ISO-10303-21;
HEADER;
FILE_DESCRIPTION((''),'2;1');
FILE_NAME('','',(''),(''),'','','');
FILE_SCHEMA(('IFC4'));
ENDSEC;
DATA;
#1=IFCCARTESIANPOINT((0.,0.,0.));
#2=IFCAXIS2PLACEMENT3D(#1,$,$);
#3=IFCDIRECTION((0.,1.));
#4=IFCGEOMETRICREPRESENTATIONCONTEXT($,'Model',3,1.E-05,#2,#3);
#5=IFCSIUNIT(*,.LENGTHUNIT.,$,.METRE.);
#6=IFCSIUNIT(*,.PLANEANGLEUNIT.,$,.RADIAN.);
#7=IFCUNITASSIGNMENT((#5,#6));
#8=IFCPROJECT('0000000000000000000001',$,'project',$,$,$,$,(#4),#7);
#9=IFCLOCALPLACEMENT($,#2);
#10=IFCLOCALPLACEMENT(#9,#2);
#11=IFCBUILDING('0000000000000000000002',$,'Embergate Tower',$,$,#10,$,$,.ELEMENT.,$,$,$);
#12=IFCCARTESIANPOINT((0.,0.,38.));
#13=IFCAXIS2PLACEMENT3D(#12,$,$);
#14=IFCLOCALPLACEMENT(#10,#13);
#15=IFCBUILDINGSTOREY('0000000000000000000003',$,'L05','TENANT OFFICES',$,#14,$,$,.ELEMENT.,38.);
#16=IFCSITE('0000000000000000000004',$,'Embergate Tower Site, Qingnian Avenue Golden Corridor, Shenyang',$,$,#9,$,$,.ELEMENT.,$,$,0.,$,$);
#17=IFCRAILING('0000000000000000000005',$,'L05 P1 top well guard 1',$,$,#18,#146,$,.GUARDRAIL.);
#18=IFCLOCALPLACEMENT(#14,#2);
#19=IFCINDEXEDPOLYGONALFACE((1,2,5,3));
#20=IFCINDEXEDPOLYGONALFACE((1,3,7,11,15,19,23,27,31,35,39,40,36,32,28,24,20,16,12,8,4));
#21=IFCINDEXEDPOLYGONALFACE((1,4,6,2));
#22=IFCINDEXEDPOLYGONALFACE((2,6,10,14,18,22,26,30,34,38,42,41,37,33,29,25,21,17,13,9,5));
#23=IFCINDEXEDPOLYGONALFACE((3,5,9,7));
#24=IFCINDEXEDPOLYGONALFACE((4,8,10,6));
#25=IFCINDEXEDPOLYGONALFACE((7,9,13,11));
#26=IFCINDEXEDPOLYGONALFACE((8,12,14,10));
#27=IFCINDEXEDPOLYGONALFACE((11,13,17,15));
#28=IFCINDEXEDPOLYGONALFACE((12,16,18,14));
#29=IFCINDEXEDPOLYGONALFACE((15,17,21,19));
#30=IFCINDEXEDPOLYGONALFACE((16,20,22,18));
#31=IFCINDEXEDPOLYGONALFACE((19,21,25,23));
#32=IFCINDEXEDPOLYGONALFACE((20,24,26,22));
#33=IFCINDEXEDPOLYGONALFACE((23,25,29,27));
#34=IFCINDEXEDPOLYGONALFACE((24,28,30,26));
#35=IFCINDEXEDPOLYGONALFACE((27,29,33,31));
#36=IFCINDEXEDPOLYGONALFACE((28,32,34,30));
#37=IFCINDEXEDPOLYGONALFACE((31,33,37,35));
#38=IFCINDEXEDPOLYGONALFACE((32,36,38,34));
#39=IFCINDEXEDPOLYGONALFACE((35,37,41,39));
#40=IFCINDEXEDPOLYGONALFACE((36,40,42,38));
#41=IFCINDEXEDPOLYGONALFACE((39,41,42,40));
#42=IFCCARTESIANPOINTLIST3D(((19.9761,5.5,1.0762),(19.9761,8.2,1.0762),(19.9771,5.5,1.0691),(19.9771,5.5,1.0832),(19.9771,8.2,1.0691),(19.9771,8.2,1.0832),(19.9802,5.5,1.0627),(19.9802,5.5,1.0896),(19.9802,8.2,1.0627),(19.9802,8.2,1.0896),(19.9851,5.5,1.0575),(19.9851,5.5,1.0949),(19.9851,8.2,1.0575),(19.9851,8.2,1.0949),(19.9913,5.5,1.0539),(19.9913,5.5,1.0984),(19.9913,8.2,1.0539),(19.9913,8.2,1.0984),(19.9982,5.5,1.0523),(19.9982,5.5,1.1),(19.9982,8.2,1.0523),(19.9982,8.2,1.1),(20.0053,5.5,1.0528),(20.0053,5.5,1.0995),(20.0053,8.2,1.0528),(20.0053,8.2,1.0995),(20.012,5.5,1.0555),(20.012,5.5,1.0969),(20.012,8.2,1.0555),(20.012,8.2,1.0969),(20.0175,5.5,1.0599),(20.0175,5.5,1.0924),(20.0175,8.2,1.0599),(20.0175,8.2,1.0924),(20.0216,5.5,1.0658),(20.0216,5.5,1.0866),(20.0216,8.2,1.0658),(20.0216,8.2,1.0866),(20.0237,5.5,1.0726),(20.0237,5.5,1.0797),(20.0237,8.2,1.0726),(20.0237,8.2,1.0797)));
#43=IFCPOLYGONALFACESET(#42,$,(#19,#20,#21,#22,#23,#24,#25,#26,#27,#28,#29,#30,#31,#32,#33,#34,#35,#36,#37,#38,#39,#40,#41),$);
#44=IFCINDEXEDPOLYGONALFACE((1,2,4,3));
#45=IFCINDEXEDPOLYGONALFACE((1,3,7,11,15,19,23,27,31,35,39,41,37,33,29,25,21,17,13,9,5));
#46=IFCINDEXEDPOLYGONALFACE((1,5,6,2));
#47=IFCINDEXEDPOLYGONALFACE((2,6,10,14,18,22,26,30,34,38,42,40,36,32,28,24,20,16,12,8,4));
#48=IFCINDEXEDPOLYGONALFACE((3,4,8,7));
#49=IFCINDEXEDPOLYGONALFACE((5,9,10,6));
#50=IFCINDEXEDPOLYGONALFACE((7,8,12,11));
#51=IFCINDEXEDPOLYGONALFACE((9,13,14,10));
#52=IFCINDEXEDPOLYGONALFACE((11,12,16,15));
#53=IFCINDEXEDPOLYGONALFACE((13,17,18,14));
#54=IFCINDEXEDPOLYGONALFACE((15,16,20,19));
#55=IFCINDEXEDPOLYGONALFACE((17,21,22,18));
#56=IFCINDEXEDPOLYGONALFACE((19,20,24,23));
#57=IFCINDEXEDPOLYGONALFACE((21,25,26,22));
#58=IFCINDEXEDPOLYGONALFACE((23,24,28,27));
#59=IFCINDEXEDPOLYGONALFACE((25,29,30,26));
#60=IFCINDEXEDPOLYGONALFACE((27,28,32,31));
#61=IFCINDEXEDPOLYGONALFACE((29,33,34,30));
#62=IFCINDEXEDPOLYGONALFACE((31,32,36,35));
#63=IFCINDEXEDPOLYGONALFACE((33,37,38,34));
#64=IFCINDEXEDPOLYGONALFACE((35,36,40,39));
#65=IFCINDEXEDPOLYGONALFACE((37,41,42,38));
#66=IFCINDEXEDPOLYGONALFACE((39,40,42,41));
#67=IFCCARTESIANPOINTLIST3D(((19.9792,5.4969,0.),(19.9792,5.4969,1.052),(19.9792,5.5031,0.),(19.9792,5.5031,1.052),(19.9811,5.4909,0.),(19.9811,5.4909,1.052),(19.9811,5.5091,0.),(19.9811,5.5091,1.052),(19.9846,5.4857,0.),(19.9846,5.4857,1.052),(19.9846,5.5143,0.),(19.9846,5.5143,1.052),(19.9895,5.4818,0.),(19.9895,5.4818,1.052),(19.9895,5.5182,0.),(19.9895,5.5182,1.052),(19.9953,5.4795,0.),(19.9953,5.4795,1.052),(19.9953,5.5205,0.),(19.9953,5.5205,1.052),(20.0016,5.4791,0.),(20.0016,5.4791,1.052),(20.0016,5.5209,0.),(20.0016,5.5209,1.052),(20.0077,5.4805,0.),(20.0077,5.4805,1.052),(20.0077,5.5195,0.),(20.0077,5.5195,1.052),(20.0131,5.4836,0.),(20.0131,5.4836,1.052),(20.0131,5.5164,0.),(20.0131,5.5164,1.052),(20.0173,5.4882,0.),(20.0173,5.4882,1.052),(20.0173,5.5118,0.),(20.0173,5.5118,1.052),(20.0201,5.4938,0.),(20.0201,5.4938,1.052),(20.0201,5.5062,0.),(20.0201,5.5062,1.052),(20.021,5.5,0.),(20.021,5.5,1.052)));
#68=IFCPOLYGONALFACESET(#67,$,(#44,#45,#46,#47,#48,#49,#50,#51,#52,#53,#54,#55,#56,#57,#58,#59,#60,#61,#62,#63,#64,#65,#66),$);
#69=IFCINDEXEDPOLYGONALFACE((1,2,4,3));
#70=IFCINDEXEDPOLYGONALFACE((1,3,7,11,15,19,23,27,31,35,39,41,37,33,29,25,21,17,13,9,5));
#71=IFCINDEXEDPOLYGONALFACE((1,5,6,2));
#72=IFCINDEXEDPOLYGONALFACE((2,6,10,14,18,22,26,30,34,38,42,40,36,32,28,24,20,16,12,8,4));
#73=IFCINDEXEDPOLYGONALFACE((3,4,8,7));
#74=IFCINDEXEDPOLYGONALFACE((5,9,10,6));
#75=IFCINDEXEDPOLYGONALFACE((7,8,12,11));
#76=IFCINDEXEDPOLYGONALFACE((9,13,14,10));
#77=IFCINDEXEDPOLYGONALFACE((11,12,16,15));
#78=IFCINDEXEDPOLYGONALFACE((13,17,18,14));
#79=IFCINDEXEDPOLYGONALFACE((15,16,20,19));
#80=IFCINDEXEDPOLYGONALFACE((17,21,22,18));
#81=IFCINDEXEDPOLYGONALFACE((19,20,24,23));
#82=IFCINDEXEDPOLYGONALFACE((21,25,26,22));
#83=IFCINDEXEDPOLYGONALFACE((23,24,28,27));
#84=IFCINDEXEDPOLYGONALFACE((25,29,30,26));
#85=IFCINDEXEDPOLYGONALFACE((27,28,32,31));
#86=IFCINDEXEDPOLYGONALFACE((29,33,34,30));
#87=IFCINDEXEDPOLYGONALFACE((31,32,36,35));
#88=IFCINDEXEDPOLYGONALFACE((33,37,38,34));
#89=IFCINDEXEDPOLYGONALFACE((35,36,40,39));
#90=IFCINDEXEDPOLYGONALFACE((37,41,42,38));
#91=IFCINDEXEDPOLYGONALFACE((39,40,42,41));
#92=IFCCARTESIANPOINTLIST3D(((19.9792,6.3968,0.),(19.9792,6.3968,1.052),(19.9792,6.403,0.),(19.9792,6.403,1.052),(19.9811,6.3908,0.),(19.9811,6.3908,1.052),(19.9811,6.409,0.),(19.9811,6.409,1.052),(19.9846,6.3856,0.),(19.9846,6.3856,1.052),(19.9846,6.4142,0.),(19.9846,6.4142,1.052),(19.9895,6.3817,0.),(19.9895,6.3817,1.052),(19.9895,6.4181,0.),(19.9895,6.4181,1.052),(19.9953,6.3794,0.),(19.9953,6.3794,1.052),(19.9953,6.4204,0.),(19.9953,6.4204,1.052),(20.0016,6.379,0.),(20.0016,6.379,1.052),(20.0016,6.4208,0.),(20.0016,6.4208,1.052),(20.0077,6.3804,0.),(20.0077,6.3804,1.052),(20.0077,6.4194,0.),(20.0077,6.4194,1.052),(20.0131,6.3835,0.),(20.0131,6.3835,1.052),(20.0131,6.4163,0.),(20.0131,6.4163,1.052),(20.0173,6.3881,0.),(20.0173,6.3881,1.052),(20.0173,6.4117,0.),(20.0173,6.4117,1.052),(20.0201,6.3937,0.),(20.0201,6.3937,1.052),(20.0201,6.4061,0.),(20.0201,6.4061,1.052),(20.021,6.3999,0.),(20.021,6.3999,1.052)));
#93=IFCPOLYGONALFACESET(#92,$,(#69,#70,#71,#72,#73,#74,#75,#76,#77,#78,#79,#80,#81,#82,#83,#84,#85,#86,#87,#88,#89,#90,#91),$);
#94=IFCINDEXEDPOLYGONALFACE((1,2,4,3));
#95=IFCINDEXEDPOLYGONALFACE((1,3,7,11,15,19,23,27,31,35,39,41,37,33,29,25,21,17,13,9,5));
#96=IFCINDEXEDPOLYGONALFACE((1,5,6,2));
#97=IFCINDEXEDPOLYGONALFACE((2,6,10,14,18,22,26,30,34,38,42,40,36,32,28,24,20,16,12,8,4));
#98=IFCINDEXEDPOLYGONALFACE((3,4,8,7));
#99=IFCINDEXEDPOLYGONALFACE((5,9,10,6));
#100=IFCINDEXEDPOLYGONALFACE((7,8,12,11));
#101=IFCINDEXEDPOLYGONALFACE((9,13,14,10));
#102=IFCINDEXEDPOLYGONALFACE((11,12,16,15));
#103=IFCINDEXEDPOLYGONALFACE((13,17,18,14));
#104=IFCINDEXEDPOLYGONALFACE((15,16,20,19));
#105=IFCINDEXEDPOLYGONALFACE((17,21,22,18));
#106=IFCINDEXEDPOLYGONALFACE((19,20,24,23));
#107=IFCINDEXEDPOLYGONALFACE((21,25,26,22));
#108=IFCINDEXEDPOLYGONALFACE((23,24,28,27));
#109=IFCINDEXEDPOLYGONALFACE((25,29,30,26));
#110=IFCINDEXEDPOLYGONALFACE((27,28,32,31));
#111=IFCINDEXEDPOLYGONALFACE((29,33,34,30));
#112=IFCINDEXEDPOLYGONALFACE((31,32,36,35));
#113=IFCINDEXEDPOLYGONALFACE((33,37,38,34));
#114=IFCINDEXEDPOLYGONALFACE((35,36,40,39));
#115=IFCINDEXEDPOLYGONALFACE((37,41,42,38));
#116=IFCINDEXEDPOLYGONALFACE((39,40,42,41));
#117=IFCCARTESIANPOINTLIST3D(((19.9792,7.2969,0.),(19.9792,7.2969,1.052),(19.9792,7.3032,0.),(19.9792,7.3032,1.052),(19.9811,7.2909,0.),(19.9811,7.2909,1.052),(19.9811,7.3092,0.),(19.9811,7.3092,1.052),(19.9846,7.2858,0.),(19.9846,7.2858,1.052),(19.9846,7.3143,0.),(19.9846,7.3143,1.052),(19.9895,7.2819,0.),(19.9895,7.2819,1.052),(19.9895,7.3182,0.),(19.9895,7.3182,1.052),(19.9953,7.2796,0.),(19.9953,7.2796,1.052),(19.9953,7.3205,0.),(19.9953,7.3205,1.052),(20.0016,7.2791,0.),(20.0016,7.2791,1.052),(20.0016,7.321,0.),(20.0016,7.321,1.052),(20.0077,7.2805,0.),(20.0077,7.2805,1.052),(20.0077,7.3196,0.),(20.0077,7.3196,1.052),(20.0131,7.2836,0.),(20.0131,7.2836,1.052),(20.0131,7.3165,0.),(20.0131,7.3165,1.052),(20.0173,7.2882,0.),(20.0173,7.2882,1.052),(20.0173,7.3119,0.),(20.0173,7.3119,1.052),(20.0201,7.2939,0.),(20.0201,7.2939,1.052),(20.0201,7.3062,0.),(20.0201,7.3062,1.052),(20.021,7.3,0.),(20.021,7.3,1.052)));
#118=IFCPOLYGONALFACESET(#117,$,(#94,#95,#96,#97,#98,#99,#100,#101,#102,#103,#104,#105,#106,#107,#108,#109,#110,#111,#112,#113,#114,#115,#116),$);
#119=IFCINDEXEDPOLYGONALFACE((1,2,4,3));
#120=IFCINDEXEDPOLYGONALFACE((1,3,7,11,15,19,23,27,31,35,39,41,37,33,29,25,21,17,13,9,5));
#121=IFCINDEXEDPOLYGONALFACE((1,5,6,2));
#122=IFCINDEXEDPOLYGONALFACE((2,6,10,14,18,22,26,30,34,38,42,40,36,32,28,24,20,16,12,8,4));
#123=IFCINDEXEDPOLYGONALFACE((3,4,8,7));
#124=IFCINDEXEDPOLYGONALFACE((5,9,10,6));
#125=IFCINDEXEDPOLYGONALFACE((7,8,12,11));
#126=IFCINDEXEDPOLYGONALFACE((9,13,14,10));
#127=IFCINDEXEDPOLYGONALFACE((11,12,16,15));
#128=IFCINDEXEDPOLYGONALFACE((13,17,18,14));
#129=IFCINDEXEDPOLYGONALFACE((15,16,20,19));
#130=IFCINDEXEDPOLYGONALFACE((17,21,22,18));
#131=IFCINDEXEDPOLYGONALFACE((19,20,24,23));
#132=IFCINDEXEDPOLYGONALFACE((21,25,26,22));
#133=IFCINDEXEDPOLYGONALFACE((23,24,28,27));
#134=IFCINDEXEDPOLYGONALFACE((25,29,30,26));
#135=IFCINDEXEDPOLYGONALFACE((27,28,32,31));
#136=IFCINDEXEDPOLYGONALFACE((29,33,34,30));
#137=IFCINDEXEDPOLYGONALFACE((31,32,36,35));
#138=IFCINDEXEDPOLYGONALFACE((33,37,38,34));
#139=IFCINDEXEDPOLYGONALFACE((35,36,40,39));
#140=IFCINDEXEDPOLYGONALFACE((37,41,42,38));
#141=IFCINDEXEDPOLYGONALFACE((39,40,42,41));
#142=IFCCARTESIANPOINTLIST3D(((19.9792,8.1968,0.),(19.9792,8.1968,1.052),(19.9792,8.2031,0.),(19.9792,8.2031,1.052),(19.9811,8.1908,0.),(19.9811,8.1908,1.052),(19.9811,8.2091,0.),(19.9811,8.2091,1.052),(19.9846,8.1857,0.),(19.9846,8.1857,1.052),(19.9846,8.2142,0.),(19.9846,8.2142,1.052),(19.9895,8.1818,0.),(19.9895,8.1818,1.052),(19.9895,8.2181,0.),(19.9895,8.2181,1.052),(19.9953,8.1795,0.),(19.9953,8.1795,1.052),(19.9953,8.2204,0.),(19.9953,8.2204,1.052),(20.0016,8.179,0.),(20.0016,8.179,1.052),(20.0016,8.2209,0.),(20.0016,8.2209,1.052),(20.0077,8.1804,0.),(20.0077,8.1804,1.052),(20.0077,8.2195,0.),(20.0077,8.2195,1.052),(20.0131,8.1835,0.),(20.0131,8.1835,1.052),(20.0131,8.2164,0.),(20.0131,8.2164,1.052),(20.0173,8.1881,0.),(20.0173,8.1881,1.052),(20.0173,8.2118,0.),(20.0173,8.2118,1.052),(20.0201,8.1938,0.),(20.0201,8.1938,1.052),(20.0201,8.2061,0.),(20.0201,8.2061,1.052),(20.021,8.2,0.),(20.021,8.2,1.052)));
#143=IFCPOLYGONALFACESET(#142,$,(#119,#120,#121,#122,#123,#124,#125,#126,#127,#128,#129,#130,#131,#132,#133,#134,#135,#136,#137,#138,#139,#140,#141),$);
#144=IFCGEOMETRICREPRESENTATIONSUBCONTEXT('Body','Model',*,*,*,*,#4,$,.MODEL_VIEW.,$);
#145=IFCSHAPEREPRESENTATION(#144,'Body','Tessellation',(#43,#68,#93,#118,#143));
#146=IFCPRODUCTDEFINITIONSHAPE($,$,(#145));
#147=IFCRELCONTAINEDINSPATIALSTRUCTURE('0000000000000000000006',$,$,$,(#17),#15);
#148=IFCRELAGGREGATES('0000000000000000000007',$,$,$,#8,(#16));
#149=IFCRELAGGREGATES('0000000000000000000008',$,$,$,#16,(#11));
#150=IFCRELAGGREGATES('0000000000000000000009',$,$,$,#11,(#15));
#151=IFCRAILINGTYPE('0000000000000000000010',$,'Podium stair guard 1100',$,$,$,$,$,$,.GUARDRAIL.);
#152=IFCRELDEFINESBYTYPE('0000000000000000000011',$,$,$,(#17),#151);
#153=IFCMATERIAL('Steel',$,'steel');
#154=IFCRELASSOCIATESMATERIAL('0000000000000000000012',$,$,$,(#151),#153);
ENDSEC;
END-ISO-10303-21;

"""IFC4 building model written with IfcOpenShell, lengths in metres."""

from ifc_helpers import new_model, si_unit, direction, frame, origin, origin_2d, place, context, subcontext, project, spatial, circle, extrude, source, transform, mapped, material, type_object, element, save


model = new_model("IFC4")

# Units and contexts
model_context = context("Model", 3, precision=1e-05, world=origin(), true_north=direction((0.0, 1.0)))
body_context = subcontext(model_context, "Body", "Model", "MODEL_VIEW")
ifc_project = project(units=[si_unit("LENGTHUNIT", "METRE"), si_unit("PLANEANGLEUNIT", "RADIAN")], contexts=[model_context])

# Site, building, storey
site_placement = place(None, origin())
site = spatial("IfcSite", under=ifc_project, at=site_placement, Name="Embergate Tower Site, Qingnian Avenue Golden Corridor, Shenyang", CompositionType="ELEMENT", RefElevation=0.0)
building_placement = place(site_placement, origin())
building = spatial("IfcBuilding", under=site, at=building_placement, Name="Embergate Tower", CompositionType="ELEMENT")
storey_placement = place(building_placement, frame((0.0, 0.0, 38.0)))
storey = spatial("IfcBuildingStorey", under=building, at=storey_placement, Name="L05", Description="TENANT OFFICES", CompositionType="ELEMENT", Elevation=38.0)

# Railing
ifc_material_1 = material(Name="Steel", Category="steel")
railing_type = type_object("IfcRailingType", Name="Podium stair guard 1100", PredefinedType="GUARDRAIL", material=ifc_material_1)
shared_shape_1 = source(origin(), body_context, "Body", "SweptSolid", [
    extrude(circle(Radius=0.0239, at=origin_2d()), frame((0.0, 0.0, 1.0762), z_axis=(0.0, 1.0, 0.0), x_axis=(-1.0, 0.0, 0.0)), (0.0, 0.0, 1.0), 2.7),
    extrude(circle(Radius=0.021, at=origin_2d()), origin(), (0.0, 0.0, 1.0), 1.052),
    extrude(circle(Radius=0.021, at=origin_2d()), frame((0.0, 0.8999, 0.0)), (0.0, 0.0, 1.0), 1.052),
    extrude(circle(Radius=0.021, at=origin_2d()), frame((0.0, 1.8, 0.0)), (0.0, 0.0, 1.0), 1.052),
    extrude(circle(Radius=0.021, at=origin_2d()), frame((0.0, 2.7, 0.0)), (0.0, 0.0, 1.0), 1.052),
])
railing_placement = place(storey_placement, frame((20.0, 5.5, 0.0)))
element("IfcRailing", 1, at=railing_placement, inside=storey, type_object=railing_type, Name="L05 P1 top well guard 1", PredefinedType="GUARDRAIL", context=body_context, shape_type="MappedRepresentation", body=[
    mapped(shared_shape_1, transform((0.0, 0.0, 0.0))),
])

save(model, "model.ifc")
